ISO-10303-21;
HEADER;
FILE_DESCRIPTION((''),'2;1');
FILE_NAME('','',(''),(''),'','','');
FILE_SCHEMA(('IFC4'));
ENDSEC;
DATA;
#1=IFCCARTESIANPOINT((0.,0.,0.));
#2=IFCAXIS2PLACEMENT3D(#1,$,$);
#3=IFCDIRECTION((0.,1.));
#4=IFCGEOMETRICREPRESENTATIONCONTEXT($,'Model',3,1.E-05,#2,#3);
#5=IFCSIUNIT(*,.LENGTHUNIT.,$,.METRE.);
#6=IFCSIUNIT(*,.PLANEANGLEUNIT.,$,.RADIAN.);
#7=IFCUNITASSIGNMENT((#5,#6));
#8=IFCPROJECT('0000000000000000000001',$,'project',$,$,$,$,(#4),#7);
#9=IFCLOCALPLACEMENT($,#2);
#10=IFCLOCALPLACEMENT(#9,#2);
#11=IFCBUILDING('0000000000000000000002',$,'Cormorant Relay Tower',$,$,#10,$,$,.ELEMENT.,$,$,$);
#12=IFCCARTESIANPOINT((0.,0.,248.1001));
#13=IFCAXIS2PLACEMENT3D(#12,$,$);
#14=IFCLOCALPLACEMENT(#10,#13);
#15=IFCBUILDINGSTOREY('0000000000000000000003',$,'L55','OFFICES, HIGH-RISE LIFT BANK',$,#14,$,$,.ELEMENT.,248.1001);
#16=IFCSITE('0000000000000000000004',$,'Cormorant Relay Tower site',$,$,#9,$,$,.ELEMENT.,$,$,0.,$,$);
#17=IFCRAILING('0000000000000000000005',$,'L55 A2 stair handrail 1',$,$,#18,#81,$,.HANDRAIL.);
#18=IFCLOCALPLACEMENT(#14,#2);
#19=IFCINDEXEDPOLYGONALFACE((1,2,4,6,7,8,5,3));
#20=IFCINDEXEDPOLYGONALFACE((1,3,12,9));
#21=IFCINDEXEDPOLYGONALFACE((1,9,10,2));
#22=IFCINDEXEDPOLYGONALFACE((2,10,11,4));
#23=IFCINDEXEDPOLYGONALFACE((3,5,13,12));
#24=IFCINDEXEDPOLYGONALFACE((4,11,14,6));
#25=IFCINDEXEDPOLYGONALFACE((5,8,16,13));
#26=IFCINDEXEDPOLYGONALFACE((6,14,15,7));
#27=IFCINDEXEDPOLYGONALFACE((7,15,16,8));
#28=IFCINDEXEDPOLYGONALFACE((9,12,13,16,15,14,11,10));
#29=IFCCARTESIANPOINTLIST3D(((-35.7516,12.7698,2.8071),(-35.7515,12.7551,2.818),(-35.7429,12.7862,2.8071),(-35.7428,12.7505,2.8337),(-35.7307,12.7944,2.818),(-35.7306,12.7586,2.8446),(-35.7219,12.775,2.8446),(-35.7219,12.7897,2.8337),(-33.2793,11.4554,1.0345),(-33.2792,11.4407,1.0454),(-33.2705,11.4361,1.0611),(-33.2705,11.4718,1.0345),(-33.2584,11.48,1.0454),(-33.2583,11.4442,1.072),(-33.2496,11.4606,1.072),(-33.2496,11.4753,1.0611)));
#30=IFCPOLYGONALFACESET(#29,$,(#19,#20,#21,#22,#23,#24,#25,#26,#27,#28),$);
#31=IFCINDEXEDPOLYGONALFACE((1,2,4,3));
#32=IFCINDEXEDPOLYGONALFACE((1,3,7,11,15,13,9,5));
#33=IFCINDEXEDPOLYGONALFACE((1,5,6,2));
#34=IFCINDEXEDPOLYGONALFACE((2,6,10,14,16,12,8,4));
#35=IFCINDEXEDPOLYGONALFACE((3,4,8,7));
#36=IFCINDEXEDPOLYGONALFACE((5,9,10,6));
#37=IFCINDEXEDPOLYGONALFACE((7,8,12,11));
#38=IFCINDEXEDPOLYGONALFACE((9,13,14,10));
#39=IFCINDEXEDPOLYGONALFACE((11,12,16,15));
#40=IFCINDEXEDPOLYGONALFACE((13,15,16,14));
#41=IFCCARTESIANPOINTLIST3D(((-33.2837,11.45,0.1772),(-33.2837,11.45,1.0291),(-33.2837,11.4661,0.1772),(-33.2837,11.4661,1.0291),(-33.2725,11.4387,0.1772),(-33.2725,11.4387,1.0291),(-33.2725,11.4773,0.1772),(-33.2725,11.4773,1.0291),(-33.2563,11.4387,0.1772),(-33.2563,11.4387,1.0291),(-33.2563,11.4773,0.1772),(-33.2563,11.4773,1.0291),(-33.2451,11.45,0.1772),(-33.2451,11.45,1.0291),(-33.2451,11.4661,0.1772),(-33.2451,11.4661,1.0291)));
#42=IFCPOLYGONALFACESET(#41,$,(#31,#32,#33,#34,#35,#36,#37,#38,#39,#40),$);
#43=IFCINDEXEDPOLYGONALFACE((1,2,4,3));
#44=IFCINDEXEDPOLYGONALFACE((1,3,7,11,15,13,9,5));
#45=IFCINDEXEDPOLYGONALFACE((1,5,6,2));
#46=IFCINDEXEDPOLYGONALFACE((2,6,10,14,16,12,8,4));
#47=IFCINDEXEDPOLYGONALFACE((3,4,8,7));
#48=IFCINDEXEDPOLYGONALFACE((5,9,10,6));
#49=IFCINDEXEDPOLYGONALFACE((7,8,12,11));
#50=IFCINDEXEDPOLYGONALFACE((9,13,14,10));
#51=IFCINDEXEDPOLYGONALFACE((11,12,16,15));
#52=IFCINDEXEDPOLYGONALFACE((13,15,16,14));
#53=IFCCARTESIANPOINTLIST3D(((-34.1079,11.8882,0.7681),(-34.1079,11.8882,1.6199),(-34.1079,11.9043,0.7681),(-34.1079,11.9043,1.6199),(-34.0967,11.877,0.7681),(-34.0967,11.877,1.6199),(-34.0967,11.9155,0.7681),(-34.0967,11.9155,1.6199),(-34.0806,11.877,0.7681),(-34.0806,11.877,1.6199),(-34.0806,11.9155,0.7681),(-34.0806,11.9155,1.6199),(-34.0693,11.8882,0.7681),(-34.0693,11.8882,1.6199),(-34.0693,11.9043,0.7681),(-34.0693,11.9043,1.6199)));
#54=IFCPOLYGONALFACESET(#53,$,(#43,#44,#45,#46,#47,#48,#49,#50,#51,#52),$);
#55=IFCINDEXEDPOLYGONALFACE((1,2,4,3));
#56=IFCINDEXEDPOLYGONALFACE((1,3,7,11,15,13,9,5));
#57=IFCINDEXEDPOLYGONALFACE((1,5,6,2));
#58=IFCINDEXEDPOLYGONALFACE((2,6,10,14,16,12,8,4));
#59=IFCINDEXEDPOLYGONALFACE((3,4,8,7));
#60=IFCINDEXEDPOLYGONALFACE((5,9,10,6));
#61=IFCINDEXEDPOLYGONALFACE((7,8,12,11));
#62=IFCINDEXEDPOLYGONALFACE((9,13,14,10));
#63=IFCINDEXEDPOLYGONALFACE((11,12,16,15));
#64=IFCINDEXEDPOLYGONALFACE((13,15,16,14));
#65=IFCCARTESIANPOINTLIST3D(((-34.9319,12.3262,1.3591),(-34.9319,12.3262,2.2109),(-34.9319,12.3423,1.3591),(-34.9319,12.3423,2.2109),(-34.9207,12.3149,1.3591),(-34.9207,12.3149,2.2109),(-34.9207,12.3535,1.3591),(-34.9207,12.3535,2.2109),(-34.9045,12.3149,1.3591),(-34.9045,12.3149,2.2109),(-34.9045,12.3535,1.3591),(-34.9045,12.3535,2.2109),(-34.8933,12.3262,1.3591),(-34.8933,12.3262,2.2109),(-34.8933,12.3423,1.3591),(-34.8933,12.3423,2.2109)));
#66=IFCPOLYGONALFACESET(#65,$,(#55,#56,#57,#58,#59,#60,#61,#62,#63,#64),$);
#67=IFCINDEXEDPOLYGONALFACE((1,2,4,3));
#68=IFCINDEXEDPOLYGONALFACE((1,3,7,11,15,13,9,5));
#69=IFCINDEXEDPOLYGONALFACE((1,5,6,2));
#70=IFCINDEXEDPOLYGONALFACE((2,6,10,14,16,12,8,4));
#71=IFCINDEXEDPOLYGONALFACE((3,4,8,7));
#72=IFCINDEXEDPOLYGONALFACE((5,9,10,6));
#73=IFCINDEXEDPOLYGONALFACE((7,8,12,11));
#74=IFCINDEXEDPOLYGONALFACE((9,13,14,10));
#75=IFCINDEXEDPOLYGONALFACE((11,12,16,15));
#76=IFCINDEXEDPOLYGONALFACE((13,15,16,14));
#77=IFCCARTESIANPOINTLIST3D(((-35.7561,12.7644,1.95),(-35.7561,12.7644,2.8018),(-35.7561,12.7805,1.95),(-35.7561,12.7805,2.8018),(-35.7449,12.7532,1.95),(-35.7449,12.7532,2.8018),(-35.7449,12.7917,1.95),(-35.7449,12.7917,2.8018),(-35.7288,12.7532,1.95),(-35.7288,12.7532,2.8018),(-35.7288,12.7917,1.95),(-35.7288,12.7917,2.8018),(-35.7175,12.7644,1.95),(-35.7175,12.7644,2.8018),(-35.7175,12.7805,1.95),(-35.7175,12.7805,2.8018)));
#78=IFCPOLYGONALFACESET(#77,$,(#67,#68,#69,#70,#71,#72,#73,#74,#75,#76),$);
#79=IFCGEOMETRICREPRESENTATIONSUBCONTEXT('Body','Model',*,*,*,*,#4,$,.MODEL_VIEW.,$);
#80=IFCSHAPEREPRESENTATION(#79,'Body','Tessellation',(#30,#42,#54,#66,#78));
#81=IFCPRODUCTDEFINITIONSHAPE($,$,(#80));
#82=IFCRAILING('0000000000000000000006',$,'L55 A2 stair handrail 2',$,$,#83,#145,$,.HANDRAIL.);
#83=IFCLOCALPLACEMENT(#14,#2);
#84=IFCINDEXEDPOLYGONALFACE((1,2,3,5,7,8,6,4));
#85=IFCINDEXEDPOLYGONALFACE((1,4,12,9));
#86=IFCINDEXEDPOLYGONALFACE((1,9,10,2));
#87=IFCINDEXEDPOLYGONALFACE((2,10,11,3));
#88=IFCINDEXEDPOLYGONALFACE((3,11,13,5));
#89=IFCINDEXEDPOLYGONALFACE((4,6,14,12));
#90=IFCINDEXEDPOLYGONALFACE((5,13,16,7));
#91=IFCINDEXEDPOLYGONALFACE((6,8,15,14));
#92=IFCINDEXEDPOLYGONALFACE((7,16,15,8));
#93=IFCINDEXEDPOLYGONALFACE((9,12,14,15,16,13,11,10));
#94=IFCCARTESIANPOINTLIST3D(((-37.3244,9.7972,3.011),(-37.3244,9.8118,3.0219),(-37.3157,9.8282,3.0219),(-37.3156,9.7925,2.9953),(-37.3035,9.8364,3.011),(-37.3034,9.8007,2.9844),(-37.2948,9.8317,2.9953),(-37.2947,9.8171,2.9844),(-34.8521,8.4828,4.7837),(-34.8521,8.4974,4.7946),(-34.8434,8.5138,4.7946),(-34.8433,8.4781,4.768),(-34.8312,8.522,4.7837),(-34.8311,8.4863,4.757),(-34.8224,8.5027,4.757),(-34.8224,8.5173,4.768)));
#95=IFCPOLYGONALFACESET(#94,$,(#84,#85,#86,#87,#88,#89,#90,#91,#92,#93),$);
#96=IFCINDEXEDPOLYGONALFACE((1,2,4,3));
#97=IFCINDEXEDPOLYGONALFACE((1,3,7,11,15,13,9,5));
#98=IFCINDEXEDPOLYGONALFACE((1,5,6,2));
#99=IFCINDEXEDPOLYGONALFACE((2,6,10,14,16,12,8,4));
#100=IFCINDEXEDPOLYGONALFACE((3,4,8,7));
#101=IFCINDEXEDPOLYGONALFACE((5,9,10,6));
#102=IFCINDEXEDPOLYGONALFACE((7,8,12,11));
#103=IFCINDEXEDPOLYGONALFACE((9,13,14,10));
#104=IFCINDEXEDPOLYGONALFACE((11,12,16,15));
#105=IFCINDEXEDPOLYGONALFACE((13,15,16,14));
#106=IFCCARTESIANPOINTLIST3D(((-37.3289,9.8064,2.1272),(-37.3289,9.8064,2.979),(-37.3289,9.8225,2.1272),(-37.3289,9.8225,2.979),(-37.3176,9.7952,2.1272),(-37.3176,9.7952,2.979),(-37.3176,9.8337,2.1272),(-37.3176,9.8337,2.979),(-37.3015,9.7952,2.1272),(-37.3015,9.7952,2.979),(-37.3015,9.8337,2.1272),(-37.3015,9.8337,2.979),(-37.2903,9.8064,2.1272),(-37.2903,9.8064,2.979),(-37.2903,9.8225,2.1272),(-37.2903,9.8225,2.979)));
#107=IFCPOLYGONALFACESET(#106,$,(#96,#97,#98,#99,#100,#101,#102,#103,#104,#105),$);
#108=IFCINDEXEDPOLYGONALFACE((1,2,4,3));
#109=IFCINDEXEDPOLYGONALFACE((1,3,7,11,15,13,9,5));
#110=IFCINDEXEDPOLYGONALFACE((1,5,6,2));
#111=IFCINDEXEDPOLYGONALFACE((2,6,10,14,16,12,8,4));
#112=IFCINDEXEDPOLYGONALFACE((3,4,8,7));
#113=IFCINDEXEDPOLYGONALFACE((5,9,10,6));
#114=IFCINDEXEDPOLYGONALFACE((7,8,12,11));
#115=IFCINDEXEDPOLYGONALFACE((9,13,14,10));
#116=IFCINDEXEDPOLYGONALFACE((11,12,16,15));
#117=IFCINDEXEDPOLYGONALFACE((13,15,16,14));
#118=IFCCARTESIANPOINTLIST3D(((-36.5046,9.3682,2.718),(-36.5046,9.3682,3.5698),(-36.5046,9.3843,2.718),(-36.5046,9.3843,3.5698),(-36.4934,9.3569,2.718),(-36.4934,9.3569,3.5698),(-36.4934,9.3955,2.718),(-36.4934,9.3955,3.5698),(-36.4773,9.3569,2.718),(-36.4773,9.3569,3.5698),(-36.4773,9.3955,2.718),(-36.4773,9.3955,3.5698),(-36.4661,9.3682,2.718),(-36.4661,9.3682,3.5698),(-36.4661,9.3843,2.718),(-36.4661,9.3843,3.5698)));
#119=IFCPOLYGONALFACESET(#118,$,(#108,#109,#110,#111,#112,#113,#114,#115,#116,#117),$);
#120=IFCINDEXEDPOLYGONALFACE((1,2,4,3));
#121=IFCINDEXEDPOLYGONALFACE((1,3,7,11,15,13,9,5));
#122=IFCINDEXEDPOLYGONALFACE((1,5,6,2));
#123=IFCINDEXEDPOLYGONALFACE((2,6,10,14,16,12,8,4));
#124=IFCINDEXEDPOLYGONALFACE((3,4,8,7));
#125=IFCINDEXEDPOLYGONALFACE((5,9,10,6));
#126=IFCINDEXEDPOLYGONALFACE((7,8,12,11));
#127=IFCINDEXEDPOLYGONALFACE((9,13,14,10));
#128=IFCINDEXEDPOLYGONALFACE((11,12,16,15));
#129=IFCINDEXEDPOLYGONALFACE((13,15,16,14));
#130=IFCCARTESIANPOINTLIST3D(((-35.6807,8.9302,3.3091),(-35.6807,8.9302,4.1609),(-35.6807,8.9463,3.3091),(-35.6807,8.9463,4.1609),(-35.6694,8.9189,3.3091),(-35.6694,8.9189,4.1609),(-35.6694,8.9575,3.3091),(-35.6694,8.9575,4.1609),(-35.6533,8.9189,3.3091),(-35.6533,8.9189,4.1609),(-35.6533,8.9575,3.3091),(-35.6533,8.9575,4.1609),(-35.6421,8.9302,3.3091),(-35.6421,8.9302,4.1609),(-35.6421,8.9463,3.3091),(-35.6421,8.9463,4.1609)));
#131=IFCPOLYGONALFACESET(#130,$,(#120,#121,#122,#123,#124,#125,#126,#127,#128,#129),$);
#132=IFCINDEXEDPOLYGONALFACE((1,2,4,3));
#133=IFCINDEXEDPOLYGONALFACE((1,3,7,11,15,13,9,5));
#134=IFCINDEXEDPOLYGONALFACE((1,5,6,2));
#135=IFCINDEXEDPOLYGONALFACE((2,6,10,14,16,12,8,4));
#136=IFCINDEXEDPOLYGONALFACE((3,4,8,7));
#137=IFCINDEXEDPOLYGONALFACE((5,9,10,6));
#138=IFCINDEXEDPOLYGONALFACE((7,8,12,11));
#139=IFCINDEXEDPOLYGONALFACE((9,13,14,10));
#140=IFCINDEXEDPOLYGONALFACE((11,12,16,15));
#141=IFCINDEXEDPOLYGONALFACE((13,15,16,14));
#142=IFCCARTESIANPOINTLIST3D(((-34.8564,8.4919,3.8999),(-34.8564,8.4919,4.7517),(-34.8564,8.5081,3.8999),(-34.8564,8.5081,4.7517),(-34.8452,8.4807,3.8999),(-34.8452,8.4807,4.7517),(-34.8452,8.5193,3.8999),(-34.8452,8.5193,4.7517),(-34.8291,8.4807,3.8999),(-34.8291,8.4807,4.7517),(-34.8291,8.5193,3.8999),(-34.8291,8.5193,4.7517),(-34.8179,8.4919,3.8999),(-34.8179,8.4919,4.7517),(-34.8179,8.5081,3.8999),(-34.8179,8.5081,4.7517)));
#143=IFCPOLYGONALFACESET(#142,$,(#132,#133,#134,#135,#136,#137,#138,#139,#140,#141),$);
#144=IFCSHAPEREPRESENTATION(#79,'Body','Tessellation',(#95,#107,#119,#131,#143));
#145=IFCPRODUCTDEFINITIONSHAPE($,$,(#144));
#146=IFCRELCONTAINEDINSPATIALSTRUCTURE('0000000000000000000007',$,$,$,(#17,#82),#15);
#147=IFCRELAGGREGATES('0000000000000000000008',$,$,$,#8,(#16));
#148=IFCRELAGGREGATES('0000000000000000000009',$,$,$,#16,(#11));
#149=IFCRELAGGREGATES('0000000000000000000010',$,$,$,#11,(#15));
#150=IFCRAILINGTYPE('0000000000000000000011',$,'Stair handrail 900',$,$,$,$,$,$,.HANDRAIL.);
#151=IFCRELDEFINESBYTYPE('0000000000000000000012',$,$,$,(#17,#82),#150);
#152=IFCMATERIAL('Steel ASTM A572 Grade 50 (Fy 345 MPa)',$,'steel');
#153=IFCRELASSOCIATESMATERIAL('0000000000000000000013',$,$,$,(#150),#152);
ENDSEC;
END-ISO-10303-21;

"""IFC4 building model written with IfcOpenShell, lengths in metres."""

from ifc_helpers import new_model, si_unit, direction, frame, origin, place, context, subcontext, project, spatial, polyline, outline, extrude, material, type_object, element, save


model = new_model("IFC4")

# Units and contexts
model_context = context("Model", 3, precision=1e-05, world=origin(), true_north=direction((0.0, 1.0)))
body_context = subcontext(model_context, "Body", "Model", "MODEL_VIEW")
ifc_project = project(units=[si_unit("LENGTHUNIT", "METRE"), si_unit("PLANEANGLEUNIT", "RADIAN")], contexts=[model_context])

# Site, building, storey
site_placement = place(None, origin())
site = spatial("IfcSite", under=ifc_project, at=site_placement, Name="Cormorant Relay Tower site", CompositionType="ELEMENT", RefElevation=0.0)
building_placement = place(site_placement, origin())
building = spatial("IfcBuilding", under=site, at=building_placement, Name="Cormorant Relay Tower", CompositionType="ELEMENT")
storey_placement = place(building_placement, frame((0.0, 0.0, 248.1001)))
storey = spatial("IfcBuildingStorey", under=building, at=storey_placement, Name="L55", Description="OFFICES, HIGH-RISE LIFT BANK", CompositionType="ELEMENT", Elevation=248.1001)

# Railings
ifc_material_1 = material(Name="Steel ASTM A572 Grade 50 (Fy 345 MPa)", Category="steel")
railing_type_1 = type_object("IfcRailingType", Name="Stair handrail 900", PredefinedType="HANDRAIL", material=ifc_material_1)
railing_1_placement = place(storey_placement, frame((-33.2644, 11.458, 0.1772)))
element("IfcRailing", 1, at=railing_1_placement, inside=storey, type_object=railing_type_1, Name="L55 A2 stair handrail 1", PredefinedType="HANDRAIL", context=body_context, shape_type="SweptSolid", body=[
    extrude(outline(polyline([(0.0222, 0.0093), (0.0093, 0.0222), (-0.0093, 0.0222), (-0.0222, 0.0093), (-0.0222, -0.0093), (-0.0093, -0.0222), (0.0093, -0.0222), (0.0222, -0.0093), (0.0222, 0.0093)])), frame((0.0, 0.0, 0.876), z_axis=(-0.746034, 0.396627, 0.534902), x_axis=(-0.469429, -0.88297, 0.0)), (0.0, 0.0, 1.0), 3.314),
    extrude(outline(polyline([(0.0193, 0.0081), (0.0081, 0.0193), (-0.0081, 0.0193), (-0.0193, 0.0081), (-0.0193, -0.0081), (-0.0081, -0.0193), (0.0081, -0.0193), (0.0193, -0.0081), (0.0193, 0.0081)])), origin(), (0.0, 0.0, 1.0), 0.8518),
    extrude(outline(polyline([(0.0193, 0.0081), (0.0081, 0.0193), (-0.0081, 0.0193), (-0.0193, 0.0081), (-0.0193, -0.0081), (-0.0081, -0.0193), (0.0081, -0.0193), (0.0193, -0.0081), (0.0193, 0.0081)])), frame((-0.8242, 0.4382, 0.5908)), (0.0, 0.0, 1.0), 0.8518),
    extrude(outline(polyline([(0.0193, 0.0081), (0.0081, 0.0193), (-0.0081, 0.0193), (-0.0193, 0.0081), (-0.0193, -0.0081), (-0.0081, -0.0193), (0.0081, -0.0193), (0.0193, -0.0081), (0.0193, 0.0081)])), frame((-1.6482, 0.8762, 1.1819)), (0.0, 0.0, 1.0), 0.8518),
    extrude(outline(polyline([(0.0193, 0.0081), (0.0081, 0.0193), (-0.0081, 0.0193), (-0.0193, 0.0081), (-0.0193, -0.0081), (-0.0081, -0.0193), (0.0081, -0.0193), (0.0193, -0.0081), (0.0193, 0.0081)])), frame((-2.4724, 1.3145, 1.7727)), (0.0, 0.0, 1.0), 0.8518),
])
railing_2_placement = place(storey_placement, frame((-37.3096, 9.8145, 2.1272)))
element("IfcRailing", 2, at=railing_2_placement, inside=storey, type_object=railing_type_1, Name="L55 A2 stair handrail 2", PredefinedType="HANDRAIL", context=body_context, shape_type="SweptSolid", body=[
    extrude(outline(polyline([(0.0222, 0.0093), (0.0093, 0.0222), (-0.0093, 0.0222), (-0.0222, 0.0093), (-0.0222, -0.0093), (-0.0093, -0.0222), (0.0093, -0.0222), (0.0222, -0.0093), (0.0222, 0.0093)])), frame((0.0, 0.0, 0.876), z_axis=(0.746034, -0.396627, 0.534902), x_axis=(0.469429, 0.88297, 0.0)), (0.0, 0.0, 1.0), 3.314),
    extrude(outline(polyline([(0.0193, 0.0081), (0.0081, 0.0193), (-0.0081, 0.0193), (-0.0193, 0.0081), (-0.0193, -0.0081), (-0.0081, -0.0193), (0.0081, -0.0193), (0.0193, -0.0081), (0.0193, 0.0081)])), origin(), (0.0, 0.0, 1.0), 0.8518),
    extrude(outline(polyline([(0.0193, 0.0081), (0.0081, 0.0193), (-0.0081, 0.0193), (-0.0193, 0.0081), (-0.0193, -0.0081), (-0.0081, -0.0193), (0.0081, -0.0193), (0.0193, -0.0081), (0.0193, 0.0081)])), frame((0.8242, -0.4382, 0.5908)), (0.0, 0.0, 1.0), 0.8518),
    extrude(outline(polyline([(0.0193, 0.0081), (0.0081, 0.0193), (-0.0081, 0.0193), (-0.0193, 0.0081), (-0.0193, -0.0081), (-0.0081, -0.0193), (0.0081, -0.0193), (0.0193, -0.0081), (0.0193, 0.0081)])), frame((1.6482, -0.8762, 1.1819)), (0.0, 0.0, 1.0), 0.8518),
    extrude(outline(polyline([(0.0193, 0.0081), (0.0081, 0.0193), (-0.0081, 0.0193), (-0.0193, 0.0081), (-0.0193, -0.0081), (-0.0081, -0.0193), (0.0081, -0.0193), (0.0193, -0.0081), (0.0193, 0.0081)])), frame((2.4724, -1.3145, 1.7727)), (0.0, 0.0, 1.0), 0.8518),
])

save(model, "model.ifc")
